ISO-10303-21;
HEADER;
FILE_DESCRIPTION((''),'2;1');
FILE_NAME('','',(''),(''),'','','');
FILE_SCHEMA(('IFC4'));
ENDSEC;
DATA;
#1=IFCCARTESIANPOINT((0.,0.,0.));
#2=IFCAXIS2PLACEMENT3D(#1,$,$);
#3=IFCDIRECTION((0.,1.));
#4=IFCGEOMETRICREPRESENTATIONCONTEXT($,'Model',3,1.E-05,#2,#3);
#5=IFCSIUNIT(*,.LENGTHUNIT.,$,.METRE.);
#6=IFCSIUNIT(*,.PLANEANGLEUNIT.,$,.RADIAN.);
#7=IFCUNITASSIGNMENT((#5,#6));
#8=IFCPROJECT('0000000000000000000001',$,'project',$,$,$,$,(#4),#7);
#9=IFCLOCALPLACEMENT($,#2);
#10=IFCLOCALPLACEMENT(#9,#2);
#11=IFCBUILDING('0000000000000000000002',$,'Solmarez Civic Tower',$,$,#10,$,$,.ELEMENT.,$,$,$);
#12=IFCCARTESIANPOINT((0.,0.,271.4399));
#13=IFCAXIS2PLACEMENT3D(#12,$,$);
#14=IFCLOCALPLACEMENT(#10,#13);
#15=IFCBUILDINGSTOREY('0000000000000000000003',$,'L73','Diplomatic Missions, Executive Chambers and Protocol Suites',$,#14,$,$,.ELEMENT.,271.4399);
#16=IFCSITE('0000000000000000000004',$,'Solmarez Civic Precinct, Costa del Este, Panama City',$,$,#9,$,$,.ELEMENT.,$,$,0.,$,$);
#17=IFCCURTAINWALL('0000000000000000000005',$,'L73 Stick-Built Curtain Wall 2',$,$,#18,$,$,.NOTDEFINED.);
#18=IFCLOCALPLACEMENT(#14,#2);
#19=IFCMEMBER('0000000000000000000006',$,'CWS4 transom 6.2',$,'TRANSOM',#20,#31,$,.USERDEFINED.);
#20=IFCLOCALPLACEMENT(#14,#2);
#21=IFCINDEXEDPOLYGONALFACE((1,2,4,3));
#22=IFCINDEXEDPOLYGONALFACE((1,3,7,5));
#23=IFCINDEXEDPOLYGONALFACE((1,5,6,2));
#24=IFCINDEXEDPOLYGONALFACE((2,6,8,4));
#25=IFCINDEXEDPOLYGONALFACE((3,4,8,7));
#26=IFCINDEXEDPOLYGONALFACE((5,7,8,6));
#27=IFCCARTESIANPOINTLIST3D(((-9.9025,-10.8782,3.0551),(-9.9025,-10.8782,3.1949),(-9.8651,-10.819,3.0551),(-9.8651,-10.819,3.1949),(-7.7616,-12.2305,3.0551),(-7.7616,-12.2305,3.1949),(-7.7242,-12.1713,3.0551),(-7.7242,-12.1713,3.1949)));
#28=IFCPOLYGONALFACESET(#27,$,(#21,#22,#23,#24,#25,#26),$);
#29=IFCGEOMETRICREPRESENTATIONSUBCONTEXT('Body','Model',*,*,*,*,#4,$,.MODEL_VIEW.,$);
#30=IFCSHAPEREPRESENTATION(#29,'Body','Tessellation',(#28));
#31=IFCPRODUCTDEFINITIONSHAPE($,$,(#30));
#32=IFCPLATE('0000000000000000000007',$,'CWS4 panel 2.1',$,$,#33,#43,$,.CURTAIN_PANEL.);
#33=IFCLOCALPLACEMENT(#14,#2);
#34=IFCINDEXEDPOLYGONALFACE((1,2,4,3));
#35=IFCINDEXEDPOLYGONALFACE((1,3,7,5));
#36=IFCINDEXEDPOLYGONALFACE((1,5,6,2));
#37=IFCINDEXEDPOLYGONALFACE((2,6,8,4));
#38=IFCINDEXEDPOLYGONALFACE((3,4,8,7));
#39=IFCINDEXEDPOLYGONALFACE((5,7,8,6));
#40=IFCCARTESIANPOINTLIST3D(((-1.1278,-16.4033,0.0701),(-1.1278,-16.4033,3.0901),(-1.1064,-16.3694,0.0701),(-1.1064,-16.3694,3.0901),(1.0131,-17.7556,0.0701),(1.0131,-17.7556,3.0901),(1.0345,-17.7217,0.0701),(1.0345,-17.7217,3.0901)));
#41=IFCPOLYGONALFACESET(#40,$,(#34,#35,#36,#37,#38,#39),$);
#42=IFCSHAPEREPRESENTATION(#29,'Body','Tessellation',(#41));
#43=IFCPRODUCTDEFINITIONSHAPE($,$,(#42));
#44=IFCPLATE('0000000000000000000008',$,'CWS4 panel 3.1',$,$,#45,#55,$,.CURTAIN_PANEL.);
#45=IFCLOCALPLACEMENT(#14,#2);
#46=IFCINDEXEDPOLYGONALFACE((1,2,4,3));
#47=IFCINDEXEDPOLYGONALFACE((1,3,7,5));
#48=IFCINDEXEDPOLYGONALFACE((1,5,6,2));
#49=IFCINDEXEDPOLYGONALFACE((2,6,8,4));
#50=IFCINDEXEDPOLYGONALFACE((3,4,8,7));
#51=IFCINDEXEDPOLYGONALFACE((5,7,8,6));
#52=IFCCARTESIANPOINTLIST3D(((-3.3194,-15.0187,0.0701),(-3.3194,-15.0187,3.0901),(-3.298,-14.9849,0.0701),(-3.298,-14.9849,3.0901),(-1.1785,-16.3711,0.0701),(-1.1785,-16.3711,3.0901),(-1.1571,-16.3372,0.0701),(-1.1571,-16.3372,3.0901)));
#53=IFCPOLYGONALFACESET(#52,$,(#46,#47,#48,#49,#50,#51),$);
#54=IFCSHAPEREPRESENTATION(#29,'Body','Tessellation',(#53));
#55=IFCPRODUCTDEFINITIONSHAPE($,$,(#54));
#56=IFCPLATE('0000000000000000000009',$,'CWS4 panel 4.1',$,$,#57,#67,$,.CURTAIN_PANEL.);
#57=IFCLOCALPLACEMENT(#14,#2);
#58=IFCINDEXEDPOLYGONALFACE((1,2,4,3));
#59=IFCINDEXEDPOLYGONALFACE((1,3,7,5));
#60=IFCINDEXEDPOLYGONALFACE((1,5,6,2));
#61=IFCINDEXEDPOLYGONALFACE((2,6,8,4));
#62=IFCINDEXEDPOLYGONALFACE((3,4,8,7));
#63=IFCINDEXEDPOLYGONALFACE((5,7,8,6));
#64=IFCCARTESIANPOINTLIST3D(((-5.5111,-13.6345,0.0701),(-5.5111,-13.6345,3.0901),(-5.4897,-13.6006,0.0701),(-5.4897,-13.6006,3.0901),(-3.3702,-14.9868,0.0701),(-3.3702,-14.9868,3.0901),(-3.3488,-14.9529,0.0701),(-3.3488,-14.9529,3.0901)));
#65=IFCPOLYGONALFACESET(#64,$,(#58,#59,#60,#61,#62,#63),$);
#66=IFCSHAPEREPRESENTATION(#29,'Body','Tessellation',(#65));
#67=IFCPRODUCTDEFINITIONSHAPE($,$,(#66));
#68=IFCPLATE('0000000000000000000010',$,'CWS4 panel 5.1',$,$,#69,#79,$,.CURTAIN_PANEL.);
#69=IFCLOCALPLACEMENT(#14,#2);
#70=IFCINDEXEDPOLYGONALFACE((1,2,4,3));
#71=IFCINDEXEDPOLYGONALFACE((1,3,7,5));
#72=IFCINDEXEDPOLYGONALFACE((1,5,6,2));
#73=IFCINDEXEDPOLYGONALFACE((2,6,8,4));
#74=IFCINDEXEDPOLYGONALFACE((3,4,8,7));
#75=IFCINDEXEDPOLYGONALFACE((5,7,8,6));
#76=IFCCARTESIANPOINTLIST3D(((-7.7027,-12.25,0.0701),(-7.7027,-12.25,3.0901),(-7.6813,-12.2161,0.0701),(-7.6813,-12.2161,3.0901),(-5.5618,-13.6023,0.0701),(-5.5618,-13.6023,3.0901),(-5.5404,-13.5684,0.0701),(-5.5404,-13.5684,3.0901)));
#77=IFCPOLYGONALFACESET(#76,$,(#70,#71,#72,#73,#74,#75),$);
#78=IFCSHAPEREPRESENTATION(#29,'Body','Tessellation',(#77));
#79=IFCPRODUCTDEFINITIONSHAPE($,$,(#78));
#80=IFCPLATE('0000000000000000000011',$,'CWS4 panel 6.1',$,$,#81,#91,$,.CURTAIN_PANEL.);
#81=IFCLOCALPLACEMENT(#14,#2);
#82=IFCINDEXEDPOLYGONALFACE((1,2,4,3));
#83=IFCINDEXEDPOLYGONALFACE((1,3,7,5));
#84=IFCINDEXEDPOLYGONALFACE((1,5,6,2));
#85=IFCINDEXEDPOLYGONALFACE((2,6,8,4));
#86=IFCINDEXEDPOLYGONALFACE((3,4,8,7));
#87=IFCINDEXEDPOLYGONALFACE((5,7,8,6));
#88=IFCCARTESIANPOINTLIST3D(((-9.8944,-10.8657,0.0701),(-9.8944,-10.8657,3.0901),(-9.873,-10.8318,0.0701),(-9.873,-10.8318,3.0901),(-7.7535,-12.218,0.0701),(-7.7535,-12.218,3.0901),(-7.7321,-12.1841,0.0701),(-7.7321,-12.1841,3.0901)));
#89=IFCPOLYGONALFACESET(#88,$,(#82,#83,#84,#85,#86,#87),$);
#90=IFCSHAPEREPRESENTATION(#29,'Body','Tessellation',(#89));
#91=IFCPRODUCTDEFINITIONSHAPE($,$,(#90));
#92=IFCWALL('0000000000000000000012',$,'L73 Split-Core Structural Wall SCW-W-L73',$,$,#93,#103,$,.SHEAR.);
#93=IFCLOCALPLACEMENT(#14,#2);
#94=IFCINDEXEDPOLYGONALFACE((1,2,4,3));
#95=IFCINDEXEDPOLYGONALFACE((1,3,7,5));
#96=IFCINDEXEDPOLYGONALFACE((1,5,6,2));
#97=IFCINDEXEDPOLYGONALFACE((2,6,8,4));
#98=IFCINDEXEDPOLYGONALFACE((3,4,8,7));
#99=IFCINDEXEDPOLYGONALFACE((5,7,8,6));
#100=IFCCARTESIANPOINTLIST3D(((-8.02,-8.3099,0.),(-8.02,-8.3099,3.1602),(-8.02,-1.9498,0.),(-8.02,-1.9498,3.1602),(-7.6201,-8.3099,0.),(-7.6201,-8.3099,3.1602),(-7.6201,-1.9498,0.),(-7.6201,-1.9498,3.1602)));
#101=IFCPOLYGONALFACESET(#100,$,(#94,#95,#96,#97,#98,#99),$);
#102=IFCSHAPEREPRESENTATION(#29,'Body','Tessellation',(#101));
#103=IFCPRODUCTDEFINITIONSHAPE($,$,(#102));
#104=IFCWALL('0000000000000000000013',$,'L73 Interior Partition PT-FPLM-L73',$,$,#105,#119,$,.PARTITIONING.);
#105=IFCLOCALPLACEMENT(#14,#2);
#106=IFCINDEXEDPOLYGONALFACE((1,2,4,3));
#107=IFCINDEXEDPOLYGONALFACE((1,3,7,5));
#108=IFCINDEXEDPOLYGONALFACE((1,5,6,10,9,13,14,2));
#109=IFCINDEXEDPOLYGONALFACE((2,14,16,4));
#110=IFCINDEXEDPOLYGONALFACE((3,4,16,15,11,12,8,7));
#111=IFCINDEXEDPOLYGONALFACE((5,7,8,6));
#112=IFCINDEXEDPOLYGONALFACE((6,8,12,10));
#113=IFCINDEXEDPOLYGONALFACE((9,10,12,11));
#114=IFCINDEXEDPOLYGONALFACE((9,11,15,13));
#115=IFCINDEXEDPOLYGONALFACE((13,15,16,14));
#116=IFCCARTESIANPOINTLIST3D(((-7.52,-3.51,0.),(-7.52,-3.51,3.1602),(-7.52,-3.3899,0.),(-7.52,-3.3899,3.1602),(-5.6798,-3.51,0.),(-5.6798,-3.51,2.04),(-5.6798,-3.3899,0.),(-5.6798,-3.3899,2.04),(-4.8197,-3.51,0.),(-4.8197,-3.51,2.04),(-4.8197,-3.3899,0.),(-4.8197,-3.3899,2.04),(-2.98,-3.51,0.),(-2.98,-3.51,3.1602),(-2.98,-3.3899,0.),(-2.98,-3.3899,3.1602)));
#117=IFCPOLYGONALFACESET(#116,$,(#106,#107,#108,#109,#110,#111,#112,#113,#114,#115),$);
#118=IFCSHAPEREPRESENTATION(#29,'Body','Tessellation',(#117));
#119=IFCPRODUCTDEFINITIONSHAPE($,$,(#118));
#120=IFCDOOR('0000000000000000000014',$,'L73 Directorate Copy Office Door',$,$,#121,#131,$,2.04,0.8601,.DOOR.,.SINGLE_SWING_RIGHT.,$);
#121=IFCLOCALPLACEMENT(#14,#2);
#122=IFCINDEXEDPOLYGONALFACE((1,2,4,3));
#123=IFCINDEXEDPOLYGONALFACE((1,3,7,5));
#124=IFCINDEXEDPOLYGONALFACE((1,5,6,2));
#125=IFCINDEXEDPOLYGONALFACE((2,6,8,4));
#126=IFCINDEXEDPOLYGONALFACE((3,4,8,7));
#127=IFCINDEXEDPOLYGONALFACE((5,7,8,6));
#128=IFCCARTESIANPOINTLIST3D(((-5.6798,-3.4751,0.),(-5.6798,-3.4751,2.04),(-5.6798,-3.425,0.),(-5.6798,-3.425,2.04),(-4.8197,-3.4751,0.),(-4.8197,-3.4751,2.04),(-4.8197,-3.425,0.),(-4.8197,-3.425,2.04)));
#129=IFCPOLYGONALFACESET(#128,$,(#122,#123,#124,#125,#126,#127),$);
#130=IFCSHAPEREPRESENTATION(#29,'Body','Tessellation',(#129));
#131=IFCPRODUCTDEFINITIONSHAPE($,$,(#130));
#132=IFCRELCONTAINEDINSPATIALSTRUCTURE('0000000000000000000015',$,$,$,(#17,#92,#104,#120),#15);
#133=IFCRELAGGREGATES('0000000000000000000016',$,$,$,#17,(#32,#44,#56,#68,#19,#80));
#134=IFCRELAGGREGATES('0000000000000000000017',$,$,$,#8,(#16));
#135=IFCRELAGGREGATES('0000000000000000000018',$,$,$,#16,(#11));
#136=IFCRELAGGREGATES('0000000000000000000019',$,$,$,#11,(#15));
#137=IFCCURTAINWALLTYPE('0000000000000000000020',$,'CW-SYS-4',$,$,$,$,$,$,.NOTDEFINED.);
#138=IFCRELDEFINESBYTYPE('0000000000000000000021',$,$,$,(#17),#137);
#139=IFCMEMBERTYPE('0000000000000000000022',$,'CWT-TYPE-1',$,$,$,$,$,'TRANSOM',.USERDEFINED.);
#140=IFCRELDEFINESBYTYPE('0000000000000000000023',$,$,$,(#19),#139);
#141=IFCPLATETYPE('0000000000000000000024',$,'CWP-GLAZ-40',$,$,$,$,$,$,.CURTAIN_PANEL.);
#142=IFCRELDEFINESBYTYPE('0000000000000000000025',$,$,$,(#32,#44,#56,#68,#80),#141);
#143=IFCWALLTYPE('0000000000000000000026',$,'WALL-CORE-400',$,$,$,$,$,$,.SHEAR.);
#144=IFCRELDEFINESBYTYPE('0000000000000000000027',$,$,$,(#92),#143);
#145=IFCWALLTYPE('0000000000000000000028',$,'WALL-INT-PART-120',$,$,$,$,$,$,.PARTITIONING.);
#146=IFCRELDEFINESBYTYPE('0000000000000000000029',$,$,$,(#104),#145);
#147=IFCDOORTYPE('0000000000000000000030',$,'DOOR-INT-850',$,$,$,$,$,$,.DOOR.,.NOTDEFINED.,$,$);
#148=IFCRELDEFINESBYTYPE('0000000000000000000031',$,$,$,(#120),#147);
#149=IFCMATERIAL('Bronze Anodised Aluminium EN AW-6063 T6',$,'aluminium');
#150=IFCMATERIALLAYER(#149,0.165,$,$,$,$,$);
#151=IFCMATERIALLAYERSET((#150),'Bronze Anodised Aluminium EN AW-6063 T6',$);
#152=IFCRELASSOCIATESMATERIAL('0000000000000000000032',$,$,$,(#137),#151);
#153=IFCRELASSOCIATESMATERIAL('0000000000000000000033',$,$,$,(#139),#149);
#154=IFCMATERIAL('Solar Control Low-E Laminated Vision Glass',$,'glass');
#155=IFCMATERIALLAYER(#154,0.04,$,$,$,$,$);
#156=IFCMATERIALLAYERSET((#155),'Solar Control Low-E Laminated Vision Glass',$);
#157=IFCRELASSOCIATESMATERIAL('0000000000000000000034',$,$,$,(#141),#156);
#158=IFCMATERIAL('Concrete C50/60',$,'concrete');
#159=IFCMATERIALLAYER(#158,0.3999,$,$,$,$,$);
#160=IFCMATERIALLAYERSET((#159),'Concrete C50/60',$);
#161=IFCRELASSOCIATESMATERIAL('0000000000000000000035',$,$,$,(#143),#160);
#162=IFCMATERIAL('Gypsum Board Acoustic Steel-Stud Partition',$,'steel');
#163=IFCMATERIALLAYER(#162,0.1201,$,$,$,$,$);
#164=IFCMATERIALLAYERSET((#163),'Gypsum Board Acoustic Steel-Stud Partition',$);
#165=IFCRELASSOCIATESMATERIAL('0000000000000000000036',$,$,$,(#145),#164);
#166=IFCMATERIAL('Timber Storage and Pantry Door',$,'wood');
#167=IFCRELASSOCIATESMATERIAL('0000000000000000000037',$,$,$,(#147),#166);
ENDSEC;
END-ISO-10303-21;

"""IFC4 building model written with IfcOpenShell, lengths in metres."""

from ifc_helpers import new_model, si_unit, direction, frame, frame_2d, origin, origin_2d, place, context, subcontext, project, spatial, rectangle, extrude, material, layer, layer_set, material_profile, profile_set, type_object, element, fill, aggregate, save


model = new_model("IFC4")

# Units and contexts
model_context = context("Model", 3, precision=1e-05, world=origin(), true_north=direction((0.0, 1.0)))
body_context = subcontext(model_context, "Body", "Model", "MODEL_VIEW")
ifc_project = project(units=[si_unit("LENGTHUNIT", "METRE"), si_unit("PLANEANGLEUNIT", "RADIAN")], contexts=[model_context])

# Site, building, storey
site_placement = place(None, origin())
site = spatial("IfcSite", under=ifc_project, at=site_placement, Name="Solmarez Civic Precinct, Costa del Este, Panama City", CompositionType="ELEMENT", RefElevation=0.0)
building_placement = place(site_placement, origin())
building = spatial("IfcBuilding", under=site, at=building_placement, Name="Solmarez Civic Tower", CompositionType="ELEMENT")
storey_placement = place(building_placement, frame((0.0, 0.0, 271.4399)))
storey = spatial("IfcBuildingStorey", under=building, at=storey_placement, Name="L73", Description="Diplomatic Missions, Executive Chambers and Protocol Suites", CompositionType="ELEMENT", Elevation=271.4399)

# Curtain wall, member, plates
ifc_material_1 = material(Name="Bronze Anodised Aluminium EN AW-6063 T6", Category="aluminium")
ifc_layer_1 = layer(ifc_material_1, 0.165)
ifc_layer_set_1 = layer_set([ifc_layer_1], Name="Bronze Anodised Aluminium EN AW-6063 T6")
curtain_wall_type = type_object("IfcCurtainWallType", Name="CW-SYS-4", PredefinedType="NOTDEFINED", material=ifc_layer_set_1)
curtain_wall_placement = place(storey_placement, origin())
curtain_wall = element("IfcCurtainWall", 1, at=curtain_wall_placement, inside=storey, type_object=curtain_wall_type, Name="L73 Stick-Built Curtain Wall 2", PredefinedType="NOTDEFINED")
ifc_material_profile_1 = material_profile(ifc_material_1, rectangle(XDim=0.0701, YDim=0.1399, at=origin_2d()), Name="CWT-70X140")
ifc_profile_set_1 = profile_set([ifc_material_profile_1], Name="Bronze Anodised Aluminium EN AW-6063 T6")
member_type_1 = type_object("IfcMemberType", Name="CWT-TYPE-1", ElementType="TRANSOM", PredefinedType="USERDEFINED", material=ifc_profile_set_1)
member_1_placement = place(storey_placement, frame((-7.7429, -12.2009, 3.125), z_axis=(-0.845459, 0.53404, 0.0), x_axis=(-0.53404, -0.845459, 0.0)))
member_1 = element("IfcMember", 2, at=member_1_placement, type_object=member_type_1, Name="CWS4 transom 6.2", ObjectType="TRANSOM", PredefinedType="USERDEFINED", context=body_context, shape_type="SweptSolid", body=[
    extrude(rectangle(XDim=0.0701, YDim=0.1399, at=origin_2d()), origin(), (0.0, 0.0, 1.0), 2.5322),
])
ifc_material_2 = material(Name="Solar Control Low-E Laminated Vision Glass", Category="glass")
ifc_layer_2 = layer(ifc_material_2, 0.04)
ifc_layer_set_2 = layer_set([ifc_layer_2], Name="Solar Control Low-E Laminated Vision Glass")
plate_type = type_object("IfcPlateType", Name="CWP-GLAZ-40", PredefinedType="CURTAIN_PANEL", material=ifc_layer_set_2)
plate_1_placement = place(storey_placement, frame((-0.0466, -17.0625, 0.0701), z_axis=(0.0, 0.0, 1.0), x_axis=(-0.84546, 0.534039, 0.0)))
plate_1 = element("IfcPlate", 3, at=plate_1_placement, type_object=plate_type, Name="CWS4 panel 2.1", PredefinedType="CURTAIN_PANEL", context=body_context, shape_type="SweptSolid", body=[
    extrude(rectangle(XDim=2.5322, YDim=0.04, at=origin_2d()), origin(), (0.0, 0.0, 1.0), 3.02),
])
plate_2_placement = place(storey_placement, frame((-2.2383, -15.678, 0.0701), z_axis=(0.0, 0.0, 1.0), x_axis=(-0.84546, 0.534039, 0.0)))
plate_2 = element("IfcPlate", 4, at=plate_2_placement, type_object=plate_type, Name="CWS4 panel 3.1", PredefinedType="CURTAIN_PANEL", context=body_context, shape_type="SweptSolid", body=[
    extrude(rectangle(XDim=2.5322, YDim=0.04, at=origin_2d()), origin(), (0.0, 0.0, 1.0), 3.02),
])
plate_3_placement = place(storey_placement, frame((-4.4299, -14.2937, 0.0701), z_axis=(0.0, 0.0, 1.0), x_axis=(-0.84546, 0.534039, 0.0)))
plate_3 = element("IfcPlate", 5, at=plate_3_placement, type_object=plate_type, Name="CWS4 panel 4.1", PredefinedType="CURTAIN_PANEL", context=body_context, shape_type="SweptSolid", body=[
    extrude(rectangle(XDim=2.5322, YDim=0.04, at=origin_2d()), origin(), (0.0, 0.0, 1.0), 3.02),
])
plate_4_placement = place(storey_placement, frame((-6.6216, -12.9092, 0.0701), z_axis=(0.0, 0.0, 1.0), x_axis=(-0.84546, 0.534039, 0.0)))
plate_4 = element("IfcPlate", 6, at=plate_4_placement, type_object=plate_type, Name="CWS4 panel 5.1", PredefinedType="CURTAIN_PANEL", context=body_context, shape_type="SweptSolid", body=[
    extrude(rectangle(XDim=2.5322, YDim=0.04, at=origin_2d()), origin(), (0.0, 0.0, 1.0), 3.02),
])
plate_5_placement = place(storey_placement, frame((-8.8132, -11.5249, 0.0701), z_axis=(0.0, 0.0, 1.0), x_axis=(-0.84546, 0.534039, 0.0)))
plate_5 = element("IfcPlate", 7, at=plate_5_placement, type_object=plate_type, Name="CWS4 panel 6.1", PredefinedType="CURTAIN_PANEL", context=body_context, shape_type="SweptSolid", body=[
    extrude(rectangle(XDim=2.5322, YDim=0.04, at=origin_2d()), origin(), (0.0, 0.0, 1.0), 3.02),
])
aggregate(curtain_wall, [plate_1, plate_2, plate_3, plate_4, member_1, plate_5])

# Wall
ifc_material_3 = material(Name="Concrete C50/60", Category="concrete")
ifc_layer_3 = layer(ifc_material_3, 0.3999)
ifc_layer_set_3 = layer_set([ifc_layer_3], Name="Concrete C50/60")
wall_type_1 = type_object("IfcWallType", Name="WALL-CORE-400", PredefinedType="SHEAR", material=ifc_layer_set_3)
wall_1_placement = place(storey_placement, frame((-7.8201, -8.3101, 0.0), z_axis=(0.0, 0.0, 1.0), x_axis=(0.0, 1.0, 0.0)))
element("IfcWall", 8, at=wall_1_placement, inside=storey, type_object=wall_type_1, Name="L73 Split-Core Structural Wall SCW-W-L73", PredefinedType="SHEAR", context=body_context, shape_type="SweptSolid", body=[
    extrude(rectangle(XDim=6.3601, YDim=0.3999, at=frame_2d((3.1802, 0.0))), origin(), (0.0, 0.0, 1.0), 3.1602),
])

# Wall, opening, door
ifc_material_4 = material(Name="Gypsum Board Acoustic Steel-Stud Partition", Category="steel")
ifc_layer_4 = layer(ifc_material_4, 0.1201)
ifc_layer_set_4 = layer_set([ifc_layer_4], Name="Gypsum Board Acoustic Steel-Stud Partition")
wall_type_2 = type_object("IfcWallType", Name="WALL-INT-PART-120", PredefinedType="PARTITIONING", material=ifc_layer_set_4)
wall_2_placement = place(storey_placement, frame((-7.52, -3.45, 0.0), z_axis=(0.0, 0.0, 1.0), x_axis=(1.0, 0.0, 0.0)))
wall_2 = element("IfcWall", 9, at=wall_2_placement, inside=storey, type_object=wall_type_2, Name="L73 Interior Partition PT-FPLM-L73", PredefinedType="PARTITIONING", context=body_context, shape_type="SweptSolid", body=[
    extrude(rectangle(XDim=4.54, YDim=0.1201, at=frame_2d((2.27, 0.0))), origin(), (0.0, 0.0, 1.0), 3.1602),
])
opening_1_placement = place(wall_2_placement, frame((1.8401, 0.0, 0.0)))
opening_1 = element("IfcOpeningElement", 10, at=opening_1_placement, cuts=wall_2, PredefinedType="OPENING", context=body_context, shape_type="SweptSolid", body=[
    extrude(rectangle(XDim=0.8601, YDim=2.04, at=frame_2d((0.4302, 1.02))), frame((0.0, 0.0701, 0.0), z_axis=(0.0, -1.0, 0.0), x_axis=(1.0, 0.0, 0.0)), (0.0, 0.0, 1.0), 0.1401),
])
ifc_material_5 = material(Name="Timber Storage and Pantry Door", Category="wood")
door_type_1 = type_object("IfcDoorType", Name="DOOR-INT-850", OperationType="NOTDEFINED", PredefinedType="DOOR", material=ifc_material_5)
door_1_placement = place(opening_1_placement, origin())
door_1 = element("IfcDoor", 11, at=door_1_placement, inside=storey, type_object=door_type_1, Name="L73 Directorate Copy Office Door", OperationType="SINGLE_SWING_RIGHT", OverallHeight=2.04, OverallWidth=0.8601, PredefinedType="DOOR", context=body_context, shape_type="SweptSolid", body=[
    extrude(rectangle(XDim=0.8601, YDim=2.04, at=frame_2d((0.4302, 1.02))), frame((0.0, 0.0249, 0.0), z_axis=(0.0, -1.0, 0.0), x_axis=(1.0, 0.0, 0.0)), (0.0, 0.0, 1.0), 0.05),
])
fill(opening_1, door_1)

save(model, "model.ifc")
